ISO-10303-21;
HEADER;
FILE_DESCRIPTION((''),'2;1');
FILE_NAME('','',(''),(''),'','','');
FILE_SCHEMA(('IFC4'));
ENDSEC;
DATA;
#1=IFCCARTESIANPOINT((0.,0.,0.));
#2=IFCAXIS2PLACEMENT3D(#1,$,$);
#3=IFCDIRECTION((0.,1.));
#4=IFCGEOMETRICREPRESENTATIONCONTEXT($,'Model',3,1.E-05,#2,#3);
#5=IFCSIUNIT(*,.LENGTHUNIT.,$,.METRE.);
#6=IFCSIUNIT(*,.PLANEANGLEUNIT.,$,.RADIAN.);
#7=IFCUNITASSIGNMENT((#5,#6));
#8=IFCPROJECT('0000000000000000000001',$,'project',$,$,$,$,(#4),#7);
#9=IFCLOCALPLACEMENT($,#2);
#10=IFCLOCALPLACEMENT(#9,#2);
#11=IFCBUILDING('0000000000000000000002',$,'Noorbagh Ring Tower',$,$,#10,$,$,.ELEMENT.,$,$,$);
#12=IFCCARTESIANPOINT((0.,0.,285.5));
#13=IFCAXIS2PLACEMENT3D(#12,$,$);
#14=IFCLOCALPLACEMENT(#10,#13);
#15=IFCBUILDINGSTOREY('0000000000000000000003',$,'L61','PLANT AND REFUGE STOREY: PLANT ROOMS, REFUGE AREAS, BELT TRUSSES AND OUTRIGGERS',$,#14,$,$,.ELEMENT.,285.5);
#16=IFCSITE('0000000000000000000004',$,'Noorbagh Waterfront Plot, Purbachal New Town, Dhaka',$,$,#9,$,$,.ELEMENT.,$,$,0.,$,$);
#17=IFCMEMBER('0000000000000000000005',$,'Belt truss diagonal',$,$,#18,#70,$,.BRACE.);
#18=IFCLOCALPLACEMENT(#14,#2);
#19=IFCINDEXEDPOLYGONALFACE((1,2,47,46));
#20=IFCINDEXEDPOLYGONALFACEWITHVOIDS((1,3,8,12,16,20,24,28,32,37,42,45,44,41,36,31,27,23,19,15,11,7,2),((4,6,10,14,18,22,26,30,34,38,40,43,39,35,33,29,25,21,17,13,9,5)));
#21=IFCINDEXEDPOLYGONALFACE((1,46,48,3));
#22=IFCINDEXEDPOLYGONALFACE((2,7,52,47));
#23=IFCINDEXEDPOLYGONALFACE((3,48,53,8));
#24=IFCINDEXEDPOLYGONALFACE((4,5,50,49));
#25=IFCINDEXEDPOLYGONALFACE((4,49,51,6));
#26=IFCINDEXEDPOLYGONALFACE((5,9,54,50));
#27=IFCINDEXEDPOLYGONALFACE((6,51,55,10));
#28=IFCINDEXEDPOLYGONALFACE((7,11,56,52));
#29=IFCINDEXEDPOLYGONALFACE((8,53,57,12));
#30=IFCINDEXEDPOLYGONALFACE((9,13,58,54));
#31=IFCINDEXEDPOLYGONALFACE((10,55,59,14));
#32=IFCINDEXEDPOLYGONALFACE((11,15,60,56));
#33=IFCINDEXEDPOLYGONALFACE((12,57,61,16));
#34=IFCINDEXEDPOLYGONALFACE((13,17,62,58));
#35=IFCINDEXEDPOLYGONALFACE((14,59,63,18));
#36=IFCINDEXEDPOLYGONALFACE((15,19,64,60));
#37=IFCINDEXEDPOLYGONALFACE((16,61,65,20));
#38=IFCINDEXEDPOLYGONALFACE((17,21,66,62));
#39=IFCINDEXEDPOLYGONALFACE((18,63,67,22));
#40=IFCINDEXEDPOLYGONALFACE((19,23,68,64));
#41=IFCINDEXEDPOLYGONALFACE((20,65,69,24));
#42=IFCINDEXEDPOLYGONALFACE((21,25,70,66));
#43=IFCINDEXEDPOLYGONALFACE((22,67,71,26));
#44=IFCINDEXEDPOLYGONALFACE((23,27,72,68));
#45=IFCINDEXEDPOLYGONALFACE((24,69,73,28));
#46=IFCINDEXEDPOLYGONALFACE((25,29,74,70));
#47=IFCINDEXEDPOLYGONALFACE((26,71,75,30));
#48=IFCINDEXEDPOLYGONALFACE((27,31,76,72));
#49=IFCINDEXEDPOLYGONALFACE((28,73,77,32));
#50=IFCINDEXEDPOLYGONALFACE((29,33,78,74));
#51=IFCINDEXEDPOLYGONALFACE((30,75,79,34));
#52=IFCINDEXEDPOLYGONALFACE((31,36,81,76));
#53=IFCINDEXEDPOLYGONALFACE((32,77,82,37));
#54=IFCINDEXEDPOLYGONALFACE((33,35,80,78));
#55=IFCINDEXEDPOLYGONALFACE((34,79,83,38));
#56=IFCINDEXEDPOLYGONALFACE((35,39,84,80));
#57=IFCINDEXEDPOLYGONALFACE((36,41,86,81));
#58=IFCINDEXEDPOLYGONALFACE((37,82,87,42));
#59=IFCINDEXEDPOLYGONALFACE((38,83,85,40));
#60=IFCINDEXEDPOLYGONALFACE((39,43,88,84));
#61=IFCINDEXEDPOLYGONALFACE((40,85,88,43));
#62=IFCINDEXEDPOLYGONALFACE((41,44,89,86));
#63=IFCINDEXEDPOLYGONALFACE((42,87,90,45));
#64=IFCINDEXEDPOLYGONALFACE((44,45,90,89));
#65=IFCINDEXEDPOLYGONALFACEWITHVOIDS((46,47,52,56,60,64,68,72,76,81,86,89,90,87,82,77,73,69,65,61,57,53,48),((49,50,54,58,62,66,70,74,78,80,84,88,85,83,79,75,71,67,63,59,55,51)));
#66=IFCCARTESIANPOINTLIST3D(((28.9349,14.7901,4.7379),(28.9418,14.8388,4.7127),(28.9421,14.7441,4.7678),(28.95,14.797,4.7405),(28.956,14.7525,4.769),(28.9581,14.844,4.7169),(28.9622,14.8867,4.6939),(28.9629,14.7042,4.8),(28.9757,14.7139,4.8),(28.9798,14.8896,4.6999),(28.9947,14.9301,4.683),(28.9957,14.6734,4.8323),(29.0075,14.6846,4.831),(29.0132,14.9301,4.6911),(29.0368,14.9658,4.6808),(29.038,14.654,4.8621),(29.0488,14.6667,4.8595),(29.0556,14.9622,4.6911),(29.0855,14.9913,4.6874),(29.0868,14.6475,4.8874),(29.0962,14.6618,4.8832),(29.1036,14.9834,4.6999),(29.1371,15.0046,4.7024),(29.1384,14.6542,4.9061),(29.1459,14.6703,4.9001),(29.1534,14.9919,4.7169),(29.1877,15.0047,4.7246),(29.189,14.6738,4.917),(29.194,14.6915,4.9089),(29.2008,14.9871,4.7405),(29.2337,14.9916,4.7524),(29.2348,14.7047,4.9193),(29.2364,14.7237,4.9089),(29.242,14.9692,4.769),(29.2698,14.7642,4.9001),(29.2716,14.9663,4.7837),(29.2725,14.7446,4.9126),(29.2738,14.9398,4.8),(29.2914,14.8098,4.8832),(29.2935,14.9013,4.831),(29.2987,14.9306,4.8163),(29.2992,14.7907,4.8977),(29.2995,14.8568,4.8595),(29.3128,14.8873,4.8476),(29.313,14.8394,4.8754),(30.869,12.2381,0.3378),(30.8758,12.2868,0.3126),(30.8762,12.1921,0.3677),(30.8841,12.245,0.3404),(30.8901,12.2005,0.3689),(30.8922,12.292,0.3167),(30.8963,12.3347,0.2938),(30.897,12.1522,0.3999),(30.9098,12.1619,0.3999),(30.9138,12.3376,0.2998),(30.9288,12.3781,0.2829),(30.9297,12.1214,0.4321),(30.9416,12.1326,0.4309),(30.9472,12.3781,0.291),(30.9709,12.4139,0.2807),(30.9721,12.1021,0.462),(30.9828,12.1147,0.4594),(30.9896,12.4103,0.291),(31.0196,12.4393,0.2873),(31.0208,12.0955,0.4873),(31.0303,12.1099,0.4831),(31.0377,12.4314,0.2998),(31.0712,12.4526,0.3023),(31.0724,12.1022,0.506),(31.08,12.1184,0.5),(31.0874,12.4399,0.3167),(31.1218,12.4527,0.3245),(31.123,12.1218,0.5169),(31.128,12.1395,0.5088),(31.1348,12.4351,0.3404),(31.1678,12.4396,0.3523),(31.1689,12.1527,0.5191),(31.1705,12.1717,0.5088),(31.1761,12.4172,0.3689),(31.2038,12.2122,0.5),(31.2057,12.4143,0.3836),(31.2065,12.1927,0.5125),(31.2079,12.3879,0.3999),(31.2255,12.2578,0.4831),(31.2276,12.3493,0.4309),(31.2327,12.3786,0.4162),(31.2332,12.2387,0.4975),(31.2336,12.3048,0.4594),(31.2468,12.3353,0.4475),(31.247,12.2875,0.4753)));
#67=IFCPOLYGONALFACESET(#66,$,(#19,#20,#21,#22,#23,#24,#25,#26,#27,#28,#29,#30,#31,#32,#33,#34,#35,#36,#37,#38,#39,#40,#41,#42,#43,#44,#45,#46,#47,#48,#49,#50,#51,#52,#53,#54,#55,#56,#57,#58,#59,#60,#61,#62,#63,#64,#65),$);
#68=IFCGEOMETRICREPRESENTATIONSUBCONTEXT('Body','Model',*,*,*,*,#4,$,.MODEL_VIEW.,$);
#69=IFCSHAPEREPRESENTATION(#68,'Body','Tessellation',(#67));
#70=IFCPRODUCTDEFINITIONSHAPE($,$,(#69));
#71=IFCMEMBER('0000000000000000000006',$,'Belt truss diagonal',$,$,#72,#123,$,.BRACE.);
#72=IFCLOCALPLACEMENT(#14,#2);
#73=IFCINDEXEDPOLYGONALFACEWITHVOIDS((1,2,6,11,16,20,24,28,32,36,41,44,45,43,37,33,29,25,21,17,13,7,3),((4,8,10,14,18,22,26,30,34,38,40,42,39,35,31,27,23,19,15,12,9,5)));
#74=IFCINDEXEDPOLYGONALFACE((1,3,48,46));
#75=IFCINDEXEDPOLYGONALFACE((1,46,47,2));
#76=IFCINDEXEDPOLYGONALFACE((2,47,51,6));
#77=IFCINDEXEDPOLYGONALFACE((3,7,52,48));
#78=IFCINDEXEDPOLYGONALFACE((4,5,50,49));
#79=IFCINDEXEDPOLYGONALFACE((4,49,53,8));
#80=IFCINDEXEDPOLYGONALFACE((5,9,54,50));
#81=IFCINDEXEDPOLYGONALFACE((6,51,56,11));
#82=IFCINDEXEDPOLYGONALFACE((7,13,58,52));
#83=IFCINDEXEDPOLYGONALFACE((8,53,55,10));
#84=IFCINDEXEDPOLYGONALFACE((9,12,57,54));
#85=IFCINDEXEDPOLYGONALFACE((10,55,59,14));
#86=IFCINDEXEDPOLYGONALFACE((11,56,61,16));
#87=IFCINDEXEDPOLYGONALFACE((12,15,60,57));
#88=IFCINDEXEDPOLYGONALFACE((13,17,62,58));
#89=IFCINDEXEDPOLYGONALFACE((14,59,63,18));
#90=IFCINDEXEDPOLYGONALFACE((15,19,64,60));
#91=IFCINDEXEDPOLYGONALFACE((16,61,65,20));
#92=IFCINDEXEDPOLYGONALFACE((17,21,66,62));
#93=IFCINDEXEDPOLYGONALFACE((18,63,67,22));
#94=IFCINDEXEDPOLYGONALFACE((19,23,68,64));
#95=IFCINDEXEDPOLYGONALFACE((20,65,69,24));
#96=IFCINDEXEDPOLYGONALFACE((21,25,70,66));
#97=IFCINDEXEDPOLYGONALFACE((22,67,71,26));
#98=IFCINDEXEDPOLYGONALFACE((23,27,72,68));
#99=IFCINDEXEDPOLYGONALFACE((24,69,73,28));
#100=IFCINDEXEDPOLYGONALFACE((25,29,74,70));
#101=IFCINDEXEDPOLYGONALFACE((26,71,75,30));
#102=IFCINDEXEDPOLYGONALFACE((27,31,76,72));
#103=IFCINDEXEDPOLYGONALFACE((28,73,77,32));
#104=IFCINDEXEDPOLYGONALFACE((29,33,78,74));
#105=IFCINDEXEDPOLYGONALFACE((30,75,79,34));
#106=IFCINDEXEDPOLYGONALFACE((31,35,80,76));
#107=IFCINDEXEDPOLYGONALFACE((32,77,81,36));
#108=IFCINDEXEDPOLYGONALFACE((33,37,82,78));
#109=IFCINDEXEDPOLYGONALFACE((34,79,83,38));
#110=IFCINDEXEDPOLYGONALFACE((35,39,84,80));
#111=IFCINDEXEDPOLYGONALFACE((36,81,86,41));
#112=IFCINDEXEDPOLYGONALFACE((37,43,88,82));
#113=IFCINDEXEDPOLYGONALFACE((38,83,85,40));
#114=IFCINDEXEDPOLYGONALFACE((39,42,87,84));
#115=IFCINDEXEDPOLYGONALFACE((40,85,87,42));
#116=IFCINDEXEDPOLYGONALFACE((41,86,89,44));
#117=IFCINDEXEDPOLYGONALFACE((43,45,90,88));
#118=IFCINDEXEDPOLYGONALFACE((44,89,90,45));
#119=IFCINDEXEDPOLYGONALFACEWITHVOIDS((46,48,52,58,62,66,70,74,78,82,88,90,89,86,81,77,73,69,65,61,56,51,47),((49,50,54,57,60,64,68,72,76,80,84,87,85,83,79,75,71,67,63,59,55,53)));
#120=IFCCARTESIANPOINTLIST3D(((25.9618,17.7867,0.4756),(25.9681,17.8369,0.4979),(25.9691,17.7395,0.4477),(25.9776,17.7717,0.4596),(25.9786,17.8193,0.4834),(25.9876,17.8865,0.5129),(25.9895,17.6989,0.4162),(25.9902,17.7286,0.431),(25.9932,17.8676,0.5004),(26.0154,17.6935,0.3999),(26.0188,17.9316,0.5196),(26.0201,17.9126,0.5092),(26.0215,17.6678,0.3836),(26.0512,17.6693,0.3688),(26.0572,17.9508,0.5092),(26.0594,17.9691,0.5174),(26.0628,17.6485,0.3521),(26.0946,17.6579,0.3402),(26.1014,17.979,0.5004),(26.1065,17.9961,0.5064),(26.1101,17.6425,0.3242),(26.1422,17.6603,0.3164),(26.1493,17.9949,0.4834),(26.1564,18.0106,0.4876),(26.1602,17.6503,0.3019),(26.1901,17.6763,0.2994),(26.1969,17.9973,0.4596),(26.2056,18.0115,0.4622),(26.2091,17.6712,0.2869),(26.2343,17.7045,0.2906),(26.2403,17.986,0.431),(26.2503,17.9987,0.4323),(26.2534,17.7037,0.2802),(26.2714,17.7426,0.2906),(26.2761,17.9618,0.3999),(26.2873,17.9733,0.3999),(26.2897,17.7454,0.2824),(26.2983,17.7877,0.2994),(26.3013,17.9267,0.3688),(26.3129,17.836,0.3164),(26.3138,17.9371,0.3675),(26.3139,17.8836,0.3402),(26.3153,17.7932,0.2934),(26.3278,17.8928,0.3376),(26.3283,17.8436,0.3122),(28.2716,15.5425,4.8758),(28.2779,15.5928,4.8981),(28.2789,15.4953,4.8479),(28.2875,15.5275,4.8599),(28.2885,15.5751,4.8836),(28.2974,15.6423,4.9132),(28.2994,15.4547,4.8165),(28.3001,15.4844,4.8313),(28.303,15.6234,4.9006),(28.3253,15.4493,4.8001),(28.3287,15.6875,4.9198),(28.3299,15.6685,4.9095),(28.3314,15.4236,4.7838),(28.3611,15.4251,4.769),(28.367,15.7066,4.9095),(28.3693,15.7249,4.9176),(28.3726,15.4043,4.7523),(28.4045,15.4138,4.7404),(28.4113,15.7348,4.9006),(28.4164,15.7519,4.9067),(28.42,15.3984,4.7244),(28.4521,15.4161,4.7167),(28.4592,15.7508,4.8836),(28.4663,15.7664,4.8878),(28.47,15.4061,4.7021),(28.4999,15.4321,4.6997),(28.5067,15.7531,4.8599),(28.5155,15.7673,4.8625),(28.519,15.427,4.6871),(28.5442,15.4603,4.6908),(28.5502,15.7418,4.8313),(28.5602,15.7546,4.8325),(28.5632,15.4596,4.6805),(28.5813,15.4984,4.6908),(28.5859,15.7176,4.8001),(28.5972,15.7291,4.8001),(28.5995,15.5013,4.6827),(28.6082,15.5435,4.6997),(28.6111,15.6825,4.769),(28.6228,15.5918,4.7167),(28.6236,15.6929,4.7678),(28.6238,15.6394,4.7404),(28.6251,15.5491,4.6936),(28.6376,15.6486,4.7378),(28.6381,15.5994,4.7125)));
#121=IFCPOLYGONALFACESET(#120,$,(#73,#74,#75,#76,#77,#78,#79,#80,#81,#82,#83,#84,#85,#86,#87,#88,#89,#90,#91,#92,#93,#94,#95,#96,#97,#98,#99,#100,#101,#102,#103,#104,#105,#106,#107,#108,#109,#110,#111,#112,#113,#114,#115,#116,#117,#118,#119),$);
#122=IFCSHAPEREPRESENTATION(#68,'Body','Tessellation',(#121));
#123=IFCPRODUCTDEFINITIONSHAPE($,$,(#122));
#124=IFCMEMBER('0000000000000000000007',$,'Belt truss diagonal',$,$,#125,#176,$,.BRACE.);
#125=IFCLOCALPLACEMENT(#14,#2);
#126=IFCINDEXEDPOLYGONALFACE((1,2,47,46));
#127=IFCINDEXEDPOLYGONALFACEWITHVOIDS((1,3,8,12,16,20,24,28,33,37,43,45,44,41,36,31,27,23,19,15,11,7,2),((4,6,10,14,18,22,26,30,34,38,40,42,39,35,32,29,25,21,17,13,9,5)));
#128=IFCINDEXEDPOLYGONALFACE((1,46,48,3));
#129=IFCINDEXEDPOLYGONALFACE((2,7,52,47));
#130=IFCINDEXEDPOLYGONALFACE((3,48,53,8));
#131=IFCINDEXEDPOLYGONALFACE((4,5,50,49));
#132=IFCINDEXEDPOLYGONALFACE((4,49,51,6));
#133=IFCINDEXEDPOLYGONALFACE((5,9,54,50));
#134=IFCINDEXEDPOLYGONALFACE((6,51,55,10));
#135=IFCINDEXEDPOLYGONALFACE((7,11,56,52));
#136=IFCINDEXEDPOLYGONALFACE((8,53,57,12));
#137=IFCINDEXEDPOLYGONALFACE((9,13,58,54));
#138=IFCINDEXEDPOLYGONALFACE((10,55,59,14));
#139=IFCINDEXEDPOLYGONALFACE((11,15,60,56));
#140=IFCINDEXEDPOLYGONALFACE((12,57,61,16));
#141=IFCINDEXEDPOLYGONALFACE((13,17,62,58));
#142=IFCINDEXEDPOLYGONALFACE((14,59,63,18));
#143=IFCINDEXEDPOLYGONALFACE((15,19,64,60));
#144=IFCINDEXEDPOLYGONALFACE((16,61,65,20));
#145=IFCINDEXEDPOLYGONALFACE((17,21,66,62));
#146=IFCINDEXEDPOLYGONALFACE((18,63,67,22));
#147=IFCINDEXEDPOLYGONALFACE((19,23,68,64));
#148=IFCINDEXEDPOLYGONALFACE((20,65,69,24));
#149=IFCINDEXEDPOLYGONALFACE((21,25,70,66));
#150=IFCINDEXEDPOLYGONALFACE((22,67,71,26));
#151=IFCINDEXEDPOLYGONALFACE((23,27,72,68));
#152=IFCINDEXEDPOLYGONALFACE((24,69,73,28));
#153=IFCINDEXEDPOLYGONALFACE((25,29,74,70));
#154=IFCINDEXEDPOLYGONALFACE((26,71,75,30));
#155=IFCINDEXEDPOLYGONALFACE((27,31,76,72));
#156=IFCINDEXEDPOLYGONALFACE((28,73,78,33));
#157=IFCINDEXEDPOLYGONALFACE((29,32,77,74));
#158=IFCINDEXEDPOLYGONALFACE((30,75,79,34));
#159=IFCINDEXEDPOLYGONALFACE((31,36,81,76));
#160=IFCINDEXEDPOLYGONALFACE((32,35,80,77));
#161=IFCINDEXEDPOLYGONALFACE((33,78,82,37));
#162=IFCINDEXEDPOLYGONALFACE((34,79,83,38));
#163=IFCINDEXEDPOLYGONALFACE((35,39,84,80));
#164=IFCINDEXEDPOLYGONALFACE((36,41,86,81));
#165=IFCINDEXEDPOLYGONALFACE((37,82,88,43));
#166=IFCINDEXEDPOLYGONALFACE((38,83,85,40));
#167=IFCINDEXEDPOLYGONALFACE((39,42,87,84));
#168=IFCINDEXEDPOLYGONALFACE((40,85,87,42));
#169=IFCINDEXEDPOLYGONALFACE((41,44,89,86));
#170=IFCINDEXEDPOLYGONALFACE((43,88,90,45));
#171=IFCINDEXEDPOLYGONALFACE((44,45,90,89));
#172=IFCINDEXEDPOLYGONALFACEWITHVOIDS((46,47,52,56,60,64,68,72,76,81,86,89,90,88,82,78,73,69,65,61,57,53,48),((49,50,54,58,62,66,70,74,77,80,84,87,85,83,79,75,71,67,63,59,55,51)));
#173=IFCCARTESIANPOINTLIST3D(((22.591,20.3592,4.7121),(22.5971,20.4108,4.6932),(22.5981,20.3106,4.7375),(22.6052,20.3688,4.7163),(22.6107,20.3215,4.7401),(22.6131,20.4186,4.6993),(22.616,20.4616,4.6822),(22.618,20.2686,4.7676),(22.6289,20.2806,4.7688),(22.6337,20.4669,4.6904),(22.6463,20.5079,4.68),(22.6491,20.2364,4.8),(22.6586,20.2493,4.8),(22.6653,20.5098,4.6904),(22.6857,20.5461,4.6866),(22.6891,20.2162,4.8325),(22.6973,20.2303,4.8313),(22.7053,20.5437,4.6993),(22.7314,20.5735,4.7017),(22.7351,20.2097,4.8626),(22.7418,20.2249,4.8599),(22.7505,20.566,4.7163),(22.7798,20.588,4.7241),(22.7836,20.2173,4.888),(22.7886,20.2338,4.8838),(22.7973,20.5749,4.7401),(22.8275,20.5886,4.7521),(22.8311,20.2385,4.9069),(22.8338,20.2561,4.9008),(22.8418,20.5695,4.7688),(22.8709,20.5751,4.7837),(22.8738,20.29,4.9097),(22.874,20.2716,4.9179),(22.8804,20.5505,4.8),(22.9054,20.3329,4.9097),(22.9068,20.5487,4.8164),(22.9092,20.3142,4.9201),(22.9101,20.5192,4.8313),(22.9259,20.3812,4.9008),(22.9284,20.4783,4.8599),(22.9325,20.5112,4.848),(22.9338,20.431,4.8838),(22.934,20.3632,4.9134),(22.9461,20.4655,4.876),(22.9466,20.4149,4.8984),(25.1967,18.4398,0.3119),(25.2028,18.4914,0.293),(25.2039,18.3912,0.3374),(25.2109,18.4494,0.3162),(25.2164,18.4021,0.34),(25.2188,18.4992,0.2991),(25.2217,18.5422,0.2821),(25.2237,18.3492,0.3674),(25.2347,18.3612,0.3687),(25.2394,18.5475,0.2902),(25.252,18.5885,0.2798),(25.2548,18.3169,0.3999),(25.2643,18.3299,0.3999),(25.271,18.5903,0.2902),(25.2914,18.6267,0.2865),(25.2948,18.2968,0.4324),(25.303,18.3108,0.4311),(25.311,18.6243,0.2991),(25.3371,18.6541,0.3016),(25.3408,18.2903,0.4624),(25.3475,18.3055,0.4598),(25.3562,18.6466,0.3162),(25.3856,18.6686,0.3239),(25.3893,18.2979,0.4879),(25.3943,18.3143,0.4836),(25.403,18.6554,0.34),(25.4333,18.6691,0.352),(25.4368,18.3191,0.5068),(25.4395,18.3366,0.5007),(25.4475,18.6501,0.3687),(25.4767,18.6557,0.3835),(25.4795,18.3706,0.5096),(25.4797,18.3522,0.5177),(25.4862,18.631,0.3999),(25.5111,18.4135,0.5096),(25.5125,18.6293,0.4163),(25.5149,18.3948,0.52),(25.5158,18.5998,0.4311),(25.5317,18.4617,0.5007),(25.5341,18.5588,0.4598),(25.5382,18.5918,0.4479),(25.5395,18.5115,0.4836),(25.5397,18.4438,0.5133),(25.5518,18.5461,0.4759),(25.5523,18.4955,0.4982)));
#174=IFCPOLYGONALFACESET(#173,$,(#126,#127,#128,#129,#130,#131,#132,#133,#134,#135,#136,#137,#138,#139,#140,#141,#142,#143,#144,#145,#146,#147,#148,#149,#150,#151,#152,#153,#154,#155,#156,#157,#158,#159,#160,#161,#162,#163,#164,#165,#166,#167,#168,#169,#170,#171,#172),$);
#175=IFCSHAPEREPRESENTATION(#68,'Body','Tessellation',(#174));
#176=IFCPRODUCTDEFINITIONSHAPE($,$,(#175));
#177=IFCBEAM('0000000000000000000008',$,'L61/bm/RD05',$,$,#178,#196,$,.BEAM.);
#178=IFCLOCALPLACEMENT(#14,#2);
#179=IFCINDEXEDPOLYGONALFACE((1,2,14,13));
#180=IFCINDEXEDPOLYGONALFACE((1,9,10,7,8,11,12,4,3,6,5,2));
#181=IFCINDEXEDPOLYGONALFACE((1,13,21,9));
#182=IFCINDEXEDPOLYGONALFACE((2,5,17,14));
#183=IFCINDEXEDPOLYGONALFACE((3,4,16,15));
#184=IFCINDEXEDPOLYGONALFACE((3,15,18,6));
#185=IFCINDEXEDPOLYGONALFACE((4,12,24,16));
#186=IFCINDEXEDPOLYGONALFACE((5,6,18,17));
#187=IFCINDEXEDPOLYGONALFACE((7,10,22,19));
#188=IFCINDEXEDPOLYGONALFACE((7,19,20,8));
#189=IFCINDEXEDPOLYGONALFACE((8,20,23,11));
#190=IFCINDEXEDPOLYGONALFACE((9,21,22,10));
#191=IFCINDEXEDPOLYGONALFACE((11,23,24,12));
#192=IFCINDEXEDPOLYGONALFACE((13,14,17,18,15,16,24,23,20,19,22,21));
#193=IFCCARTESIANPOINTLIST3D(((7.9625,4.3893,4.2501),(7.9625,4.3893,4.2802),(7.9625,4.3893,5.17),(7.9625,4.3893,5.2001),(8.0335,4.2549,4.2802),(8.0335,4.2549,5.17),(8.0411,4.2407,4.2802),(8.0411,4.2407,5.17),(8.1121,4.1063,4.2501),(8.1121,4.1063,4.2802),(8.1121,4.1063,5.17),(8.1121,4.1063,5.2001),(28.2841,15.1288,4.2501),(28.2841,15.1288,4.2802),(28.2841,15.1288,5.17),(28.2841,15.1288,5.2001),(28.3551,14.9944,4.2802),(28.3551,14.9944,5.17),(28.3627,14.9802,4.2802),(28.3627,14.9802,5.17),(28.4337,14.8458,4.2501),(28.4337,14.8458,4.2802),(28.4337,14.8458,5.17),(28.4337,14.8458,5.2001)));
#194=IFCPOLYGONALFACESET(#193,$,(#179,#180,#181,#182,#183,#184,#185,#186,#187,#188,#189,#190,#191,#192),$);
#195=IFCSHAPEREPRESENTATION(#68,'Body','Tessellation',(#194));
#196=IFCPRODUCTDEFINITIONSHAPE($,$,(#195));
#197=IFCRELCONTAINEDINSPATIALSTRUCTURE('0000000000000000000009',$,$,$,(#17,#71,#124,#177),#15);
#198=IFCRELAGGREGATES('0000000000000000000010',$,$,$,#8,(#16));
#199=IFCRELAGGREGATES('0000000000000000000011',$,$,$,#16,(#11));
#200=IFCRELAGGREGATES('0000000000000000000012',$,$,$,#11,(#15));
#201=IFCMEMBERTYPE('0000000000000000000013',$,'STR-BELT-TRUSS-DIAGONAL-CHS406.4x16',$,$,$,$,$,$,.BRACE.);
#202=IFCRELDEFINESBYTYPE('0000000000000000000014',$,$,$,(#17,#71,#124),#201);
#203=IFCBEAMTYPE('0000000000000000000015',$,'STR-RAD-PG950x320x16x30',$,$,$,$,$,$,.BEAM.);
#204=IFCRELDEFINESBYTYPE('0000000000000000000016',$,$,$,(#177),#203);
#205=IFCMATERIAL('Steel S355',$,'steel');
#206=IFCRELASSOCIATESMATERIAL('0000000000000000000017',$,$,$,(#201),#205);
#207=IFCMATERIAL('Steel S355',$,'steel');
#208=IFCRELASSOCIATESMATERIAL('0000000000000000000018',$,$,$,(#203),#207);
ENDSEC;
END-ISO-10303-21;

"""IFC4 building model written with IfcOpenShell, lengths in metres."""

from ifc_helpers import new_model, si_unit, direction, frame, origin, origin_2d, place, context, subcontext, project, spatial, hollow_circle, i_section, extrude, material, material_profile, profile_set, type_object, element, save


model = new_model("IFC4")

# Units and contexts
model_context = context("Model", 3, precision=1e-05, world=origin(), true_north=direction((0.0, 1.0)))
body_context = subcontext(model_context, "Body", "Model", "MODEL_VIEW")
ifc_project = project(units=[si_unit("LENGTHUNIT", "METRE"), si_unit("PLANEANGLEUNIT", "RADIAN")], contexts=[model_context])

# Site, building, storey
site_placement = place(None, origin())
site = spatial("IfcSite", under=ifc_project, at=site_placement, Name="Noorbagh Waterfront Plot, Purbachal New Town, Dhaka", CompositionType="ELEMENT", RefElevation=0.0)
building_placement = place(site_placement, origin())
building = spatial("IfcBuilding", under=site, at=building_placement, Name="Noorbagh Ring Tower", CompositionType="ELEMENT")
storey_placement = place(building_placement, frame((0.0, 0.0, 285.5)))
storey = spatial("IfcBuildingStorey", under=building, at=storey_placement, Name="L61", Description="PLANT AND REFUGE STOREY: PLANT ROOMS, REFUGE AREAS, BELT TRUSSES AND OUTRIGGERS", CompositionType="ELEMENT", Elevation=285.5)

# Members
ifc_material_1 = material(Name="Steel S355", Category="steel")
ifc_material_profile_1 = material_profile(ifc_material_1, hollow_circle(Radius=0.2031, WallThickness=0.0161, at=origin_2d()), Name="CHS406.4x16")
ifc_profile_set_1 = profile_set([ifc_material_profile_1], Name="Steel S355")
member_type = type_object("IfcMemberType", Name="STR-BELT-TRUSS-DIAGONAL-CHS406.4x16", PredefinedType="BRACE", material=ifc_profile_set_1)
member_1_placement = place(storey_placement, frame((31.0588, 12.2749, 0.3999), z_axis=(-0.355403, 0.468951, 0.808563), x_axis=(-0.79698, -0.604006, 0.0)))
element("IfcMember", 1, at=member_1_placement, inside=storey, type_object=member_type, Name="Belt truss diagonal", PredefinedType="BRACE", context=body_context, shape_type="SweptSolid", body=[
    extrude(hollow_circle(Radius=0.2031, WallThickness=0.0161, at=origin_2d()), origin(), (0.0, 0.0, 1.0), 5.4419),
])
member_2_placement = place(storey_placement, frame((26.1458, 17.8276, 0.3999), z_axis=(0.423604, -0.41156, 0.806956), x_axis=(0.696837, 0.71723, 0.0)))
element("IfcMember", 2, at=member_2_placement, inside=storey, type_object=member_type, Name="Belt truss diagonal", PredefinedType="BRACE", context=body_context, shape_type="SweptSolid", body=[
    extrude(hollow_circle(Radius=0.2031, WallThickness=0.0161, at=origin_2d()), origin(), (0.0, 0.0, 1.0), 5.4529),
])
member_3_placement = place(storey_placement, frame((25.3752, 18.4805, 0.3999), z_axis=(-0.477048, 0.351405, 0.805568), x_axis=(-0.593086, -0.805139, 0.0)))
element("IfcMember", 3, at=member_3_placement, inside=storey, type_object=member_type, Name="Belt truss diagonal", PredefinedType="BRACE", context=body_context, shape_type="SweptSolid", body=[
    extrude(hollow_circle(Radius=0.2031, WallThickness=0.0161, at=origin_2d()), origin(), (0.0, 0.0, 1.0), 5.4622),
])

# Beam
ifc_material_2 = material(Name="Steel S355", Category="steel")
ifc_material_profile_2 = material_profile(ifc_material_2, i_section(OverallWidth=0.3201, OverallDepth=0.95, WebThickness=0.0161, FlangeThickness=0.03, at=origin_2d()), Name="PG950x320x16x30")
ifc_profile_set_2 = profile_set([ifc_material_profile_2], Name="Steel S355")
beam_type_1 = type_object("IfcBeamType", Name="STR-RAD-PG950x320x16x30", PredefinedType="BEAM", material=ifc_profile_set_2)
beam_placement = place(storey_placement, frame((28.3589, 14.9873, 4.7251), z_axis=(-0.884129, -0.467243, 0.0), x_axis=(0.467243, -0.884129, 0.0)))
element("IfcBeam", 4, at=beam_placement, inside=storey, type_object=beam_type_1, Name="L61/bm/RD05", PredefinedType="BEAM", context=body_context, shape_type="SweptSolid", body=[
    extrude(i_section(OverallWidth=0.3201, OverallDepth=0.95, WebThickness=0.0161, FlangeThickness=0.03, at=origin_2d()), origin(), (0.0, 0.0, 1.0), 22.9849),
])

save(model, "model.ifc")
